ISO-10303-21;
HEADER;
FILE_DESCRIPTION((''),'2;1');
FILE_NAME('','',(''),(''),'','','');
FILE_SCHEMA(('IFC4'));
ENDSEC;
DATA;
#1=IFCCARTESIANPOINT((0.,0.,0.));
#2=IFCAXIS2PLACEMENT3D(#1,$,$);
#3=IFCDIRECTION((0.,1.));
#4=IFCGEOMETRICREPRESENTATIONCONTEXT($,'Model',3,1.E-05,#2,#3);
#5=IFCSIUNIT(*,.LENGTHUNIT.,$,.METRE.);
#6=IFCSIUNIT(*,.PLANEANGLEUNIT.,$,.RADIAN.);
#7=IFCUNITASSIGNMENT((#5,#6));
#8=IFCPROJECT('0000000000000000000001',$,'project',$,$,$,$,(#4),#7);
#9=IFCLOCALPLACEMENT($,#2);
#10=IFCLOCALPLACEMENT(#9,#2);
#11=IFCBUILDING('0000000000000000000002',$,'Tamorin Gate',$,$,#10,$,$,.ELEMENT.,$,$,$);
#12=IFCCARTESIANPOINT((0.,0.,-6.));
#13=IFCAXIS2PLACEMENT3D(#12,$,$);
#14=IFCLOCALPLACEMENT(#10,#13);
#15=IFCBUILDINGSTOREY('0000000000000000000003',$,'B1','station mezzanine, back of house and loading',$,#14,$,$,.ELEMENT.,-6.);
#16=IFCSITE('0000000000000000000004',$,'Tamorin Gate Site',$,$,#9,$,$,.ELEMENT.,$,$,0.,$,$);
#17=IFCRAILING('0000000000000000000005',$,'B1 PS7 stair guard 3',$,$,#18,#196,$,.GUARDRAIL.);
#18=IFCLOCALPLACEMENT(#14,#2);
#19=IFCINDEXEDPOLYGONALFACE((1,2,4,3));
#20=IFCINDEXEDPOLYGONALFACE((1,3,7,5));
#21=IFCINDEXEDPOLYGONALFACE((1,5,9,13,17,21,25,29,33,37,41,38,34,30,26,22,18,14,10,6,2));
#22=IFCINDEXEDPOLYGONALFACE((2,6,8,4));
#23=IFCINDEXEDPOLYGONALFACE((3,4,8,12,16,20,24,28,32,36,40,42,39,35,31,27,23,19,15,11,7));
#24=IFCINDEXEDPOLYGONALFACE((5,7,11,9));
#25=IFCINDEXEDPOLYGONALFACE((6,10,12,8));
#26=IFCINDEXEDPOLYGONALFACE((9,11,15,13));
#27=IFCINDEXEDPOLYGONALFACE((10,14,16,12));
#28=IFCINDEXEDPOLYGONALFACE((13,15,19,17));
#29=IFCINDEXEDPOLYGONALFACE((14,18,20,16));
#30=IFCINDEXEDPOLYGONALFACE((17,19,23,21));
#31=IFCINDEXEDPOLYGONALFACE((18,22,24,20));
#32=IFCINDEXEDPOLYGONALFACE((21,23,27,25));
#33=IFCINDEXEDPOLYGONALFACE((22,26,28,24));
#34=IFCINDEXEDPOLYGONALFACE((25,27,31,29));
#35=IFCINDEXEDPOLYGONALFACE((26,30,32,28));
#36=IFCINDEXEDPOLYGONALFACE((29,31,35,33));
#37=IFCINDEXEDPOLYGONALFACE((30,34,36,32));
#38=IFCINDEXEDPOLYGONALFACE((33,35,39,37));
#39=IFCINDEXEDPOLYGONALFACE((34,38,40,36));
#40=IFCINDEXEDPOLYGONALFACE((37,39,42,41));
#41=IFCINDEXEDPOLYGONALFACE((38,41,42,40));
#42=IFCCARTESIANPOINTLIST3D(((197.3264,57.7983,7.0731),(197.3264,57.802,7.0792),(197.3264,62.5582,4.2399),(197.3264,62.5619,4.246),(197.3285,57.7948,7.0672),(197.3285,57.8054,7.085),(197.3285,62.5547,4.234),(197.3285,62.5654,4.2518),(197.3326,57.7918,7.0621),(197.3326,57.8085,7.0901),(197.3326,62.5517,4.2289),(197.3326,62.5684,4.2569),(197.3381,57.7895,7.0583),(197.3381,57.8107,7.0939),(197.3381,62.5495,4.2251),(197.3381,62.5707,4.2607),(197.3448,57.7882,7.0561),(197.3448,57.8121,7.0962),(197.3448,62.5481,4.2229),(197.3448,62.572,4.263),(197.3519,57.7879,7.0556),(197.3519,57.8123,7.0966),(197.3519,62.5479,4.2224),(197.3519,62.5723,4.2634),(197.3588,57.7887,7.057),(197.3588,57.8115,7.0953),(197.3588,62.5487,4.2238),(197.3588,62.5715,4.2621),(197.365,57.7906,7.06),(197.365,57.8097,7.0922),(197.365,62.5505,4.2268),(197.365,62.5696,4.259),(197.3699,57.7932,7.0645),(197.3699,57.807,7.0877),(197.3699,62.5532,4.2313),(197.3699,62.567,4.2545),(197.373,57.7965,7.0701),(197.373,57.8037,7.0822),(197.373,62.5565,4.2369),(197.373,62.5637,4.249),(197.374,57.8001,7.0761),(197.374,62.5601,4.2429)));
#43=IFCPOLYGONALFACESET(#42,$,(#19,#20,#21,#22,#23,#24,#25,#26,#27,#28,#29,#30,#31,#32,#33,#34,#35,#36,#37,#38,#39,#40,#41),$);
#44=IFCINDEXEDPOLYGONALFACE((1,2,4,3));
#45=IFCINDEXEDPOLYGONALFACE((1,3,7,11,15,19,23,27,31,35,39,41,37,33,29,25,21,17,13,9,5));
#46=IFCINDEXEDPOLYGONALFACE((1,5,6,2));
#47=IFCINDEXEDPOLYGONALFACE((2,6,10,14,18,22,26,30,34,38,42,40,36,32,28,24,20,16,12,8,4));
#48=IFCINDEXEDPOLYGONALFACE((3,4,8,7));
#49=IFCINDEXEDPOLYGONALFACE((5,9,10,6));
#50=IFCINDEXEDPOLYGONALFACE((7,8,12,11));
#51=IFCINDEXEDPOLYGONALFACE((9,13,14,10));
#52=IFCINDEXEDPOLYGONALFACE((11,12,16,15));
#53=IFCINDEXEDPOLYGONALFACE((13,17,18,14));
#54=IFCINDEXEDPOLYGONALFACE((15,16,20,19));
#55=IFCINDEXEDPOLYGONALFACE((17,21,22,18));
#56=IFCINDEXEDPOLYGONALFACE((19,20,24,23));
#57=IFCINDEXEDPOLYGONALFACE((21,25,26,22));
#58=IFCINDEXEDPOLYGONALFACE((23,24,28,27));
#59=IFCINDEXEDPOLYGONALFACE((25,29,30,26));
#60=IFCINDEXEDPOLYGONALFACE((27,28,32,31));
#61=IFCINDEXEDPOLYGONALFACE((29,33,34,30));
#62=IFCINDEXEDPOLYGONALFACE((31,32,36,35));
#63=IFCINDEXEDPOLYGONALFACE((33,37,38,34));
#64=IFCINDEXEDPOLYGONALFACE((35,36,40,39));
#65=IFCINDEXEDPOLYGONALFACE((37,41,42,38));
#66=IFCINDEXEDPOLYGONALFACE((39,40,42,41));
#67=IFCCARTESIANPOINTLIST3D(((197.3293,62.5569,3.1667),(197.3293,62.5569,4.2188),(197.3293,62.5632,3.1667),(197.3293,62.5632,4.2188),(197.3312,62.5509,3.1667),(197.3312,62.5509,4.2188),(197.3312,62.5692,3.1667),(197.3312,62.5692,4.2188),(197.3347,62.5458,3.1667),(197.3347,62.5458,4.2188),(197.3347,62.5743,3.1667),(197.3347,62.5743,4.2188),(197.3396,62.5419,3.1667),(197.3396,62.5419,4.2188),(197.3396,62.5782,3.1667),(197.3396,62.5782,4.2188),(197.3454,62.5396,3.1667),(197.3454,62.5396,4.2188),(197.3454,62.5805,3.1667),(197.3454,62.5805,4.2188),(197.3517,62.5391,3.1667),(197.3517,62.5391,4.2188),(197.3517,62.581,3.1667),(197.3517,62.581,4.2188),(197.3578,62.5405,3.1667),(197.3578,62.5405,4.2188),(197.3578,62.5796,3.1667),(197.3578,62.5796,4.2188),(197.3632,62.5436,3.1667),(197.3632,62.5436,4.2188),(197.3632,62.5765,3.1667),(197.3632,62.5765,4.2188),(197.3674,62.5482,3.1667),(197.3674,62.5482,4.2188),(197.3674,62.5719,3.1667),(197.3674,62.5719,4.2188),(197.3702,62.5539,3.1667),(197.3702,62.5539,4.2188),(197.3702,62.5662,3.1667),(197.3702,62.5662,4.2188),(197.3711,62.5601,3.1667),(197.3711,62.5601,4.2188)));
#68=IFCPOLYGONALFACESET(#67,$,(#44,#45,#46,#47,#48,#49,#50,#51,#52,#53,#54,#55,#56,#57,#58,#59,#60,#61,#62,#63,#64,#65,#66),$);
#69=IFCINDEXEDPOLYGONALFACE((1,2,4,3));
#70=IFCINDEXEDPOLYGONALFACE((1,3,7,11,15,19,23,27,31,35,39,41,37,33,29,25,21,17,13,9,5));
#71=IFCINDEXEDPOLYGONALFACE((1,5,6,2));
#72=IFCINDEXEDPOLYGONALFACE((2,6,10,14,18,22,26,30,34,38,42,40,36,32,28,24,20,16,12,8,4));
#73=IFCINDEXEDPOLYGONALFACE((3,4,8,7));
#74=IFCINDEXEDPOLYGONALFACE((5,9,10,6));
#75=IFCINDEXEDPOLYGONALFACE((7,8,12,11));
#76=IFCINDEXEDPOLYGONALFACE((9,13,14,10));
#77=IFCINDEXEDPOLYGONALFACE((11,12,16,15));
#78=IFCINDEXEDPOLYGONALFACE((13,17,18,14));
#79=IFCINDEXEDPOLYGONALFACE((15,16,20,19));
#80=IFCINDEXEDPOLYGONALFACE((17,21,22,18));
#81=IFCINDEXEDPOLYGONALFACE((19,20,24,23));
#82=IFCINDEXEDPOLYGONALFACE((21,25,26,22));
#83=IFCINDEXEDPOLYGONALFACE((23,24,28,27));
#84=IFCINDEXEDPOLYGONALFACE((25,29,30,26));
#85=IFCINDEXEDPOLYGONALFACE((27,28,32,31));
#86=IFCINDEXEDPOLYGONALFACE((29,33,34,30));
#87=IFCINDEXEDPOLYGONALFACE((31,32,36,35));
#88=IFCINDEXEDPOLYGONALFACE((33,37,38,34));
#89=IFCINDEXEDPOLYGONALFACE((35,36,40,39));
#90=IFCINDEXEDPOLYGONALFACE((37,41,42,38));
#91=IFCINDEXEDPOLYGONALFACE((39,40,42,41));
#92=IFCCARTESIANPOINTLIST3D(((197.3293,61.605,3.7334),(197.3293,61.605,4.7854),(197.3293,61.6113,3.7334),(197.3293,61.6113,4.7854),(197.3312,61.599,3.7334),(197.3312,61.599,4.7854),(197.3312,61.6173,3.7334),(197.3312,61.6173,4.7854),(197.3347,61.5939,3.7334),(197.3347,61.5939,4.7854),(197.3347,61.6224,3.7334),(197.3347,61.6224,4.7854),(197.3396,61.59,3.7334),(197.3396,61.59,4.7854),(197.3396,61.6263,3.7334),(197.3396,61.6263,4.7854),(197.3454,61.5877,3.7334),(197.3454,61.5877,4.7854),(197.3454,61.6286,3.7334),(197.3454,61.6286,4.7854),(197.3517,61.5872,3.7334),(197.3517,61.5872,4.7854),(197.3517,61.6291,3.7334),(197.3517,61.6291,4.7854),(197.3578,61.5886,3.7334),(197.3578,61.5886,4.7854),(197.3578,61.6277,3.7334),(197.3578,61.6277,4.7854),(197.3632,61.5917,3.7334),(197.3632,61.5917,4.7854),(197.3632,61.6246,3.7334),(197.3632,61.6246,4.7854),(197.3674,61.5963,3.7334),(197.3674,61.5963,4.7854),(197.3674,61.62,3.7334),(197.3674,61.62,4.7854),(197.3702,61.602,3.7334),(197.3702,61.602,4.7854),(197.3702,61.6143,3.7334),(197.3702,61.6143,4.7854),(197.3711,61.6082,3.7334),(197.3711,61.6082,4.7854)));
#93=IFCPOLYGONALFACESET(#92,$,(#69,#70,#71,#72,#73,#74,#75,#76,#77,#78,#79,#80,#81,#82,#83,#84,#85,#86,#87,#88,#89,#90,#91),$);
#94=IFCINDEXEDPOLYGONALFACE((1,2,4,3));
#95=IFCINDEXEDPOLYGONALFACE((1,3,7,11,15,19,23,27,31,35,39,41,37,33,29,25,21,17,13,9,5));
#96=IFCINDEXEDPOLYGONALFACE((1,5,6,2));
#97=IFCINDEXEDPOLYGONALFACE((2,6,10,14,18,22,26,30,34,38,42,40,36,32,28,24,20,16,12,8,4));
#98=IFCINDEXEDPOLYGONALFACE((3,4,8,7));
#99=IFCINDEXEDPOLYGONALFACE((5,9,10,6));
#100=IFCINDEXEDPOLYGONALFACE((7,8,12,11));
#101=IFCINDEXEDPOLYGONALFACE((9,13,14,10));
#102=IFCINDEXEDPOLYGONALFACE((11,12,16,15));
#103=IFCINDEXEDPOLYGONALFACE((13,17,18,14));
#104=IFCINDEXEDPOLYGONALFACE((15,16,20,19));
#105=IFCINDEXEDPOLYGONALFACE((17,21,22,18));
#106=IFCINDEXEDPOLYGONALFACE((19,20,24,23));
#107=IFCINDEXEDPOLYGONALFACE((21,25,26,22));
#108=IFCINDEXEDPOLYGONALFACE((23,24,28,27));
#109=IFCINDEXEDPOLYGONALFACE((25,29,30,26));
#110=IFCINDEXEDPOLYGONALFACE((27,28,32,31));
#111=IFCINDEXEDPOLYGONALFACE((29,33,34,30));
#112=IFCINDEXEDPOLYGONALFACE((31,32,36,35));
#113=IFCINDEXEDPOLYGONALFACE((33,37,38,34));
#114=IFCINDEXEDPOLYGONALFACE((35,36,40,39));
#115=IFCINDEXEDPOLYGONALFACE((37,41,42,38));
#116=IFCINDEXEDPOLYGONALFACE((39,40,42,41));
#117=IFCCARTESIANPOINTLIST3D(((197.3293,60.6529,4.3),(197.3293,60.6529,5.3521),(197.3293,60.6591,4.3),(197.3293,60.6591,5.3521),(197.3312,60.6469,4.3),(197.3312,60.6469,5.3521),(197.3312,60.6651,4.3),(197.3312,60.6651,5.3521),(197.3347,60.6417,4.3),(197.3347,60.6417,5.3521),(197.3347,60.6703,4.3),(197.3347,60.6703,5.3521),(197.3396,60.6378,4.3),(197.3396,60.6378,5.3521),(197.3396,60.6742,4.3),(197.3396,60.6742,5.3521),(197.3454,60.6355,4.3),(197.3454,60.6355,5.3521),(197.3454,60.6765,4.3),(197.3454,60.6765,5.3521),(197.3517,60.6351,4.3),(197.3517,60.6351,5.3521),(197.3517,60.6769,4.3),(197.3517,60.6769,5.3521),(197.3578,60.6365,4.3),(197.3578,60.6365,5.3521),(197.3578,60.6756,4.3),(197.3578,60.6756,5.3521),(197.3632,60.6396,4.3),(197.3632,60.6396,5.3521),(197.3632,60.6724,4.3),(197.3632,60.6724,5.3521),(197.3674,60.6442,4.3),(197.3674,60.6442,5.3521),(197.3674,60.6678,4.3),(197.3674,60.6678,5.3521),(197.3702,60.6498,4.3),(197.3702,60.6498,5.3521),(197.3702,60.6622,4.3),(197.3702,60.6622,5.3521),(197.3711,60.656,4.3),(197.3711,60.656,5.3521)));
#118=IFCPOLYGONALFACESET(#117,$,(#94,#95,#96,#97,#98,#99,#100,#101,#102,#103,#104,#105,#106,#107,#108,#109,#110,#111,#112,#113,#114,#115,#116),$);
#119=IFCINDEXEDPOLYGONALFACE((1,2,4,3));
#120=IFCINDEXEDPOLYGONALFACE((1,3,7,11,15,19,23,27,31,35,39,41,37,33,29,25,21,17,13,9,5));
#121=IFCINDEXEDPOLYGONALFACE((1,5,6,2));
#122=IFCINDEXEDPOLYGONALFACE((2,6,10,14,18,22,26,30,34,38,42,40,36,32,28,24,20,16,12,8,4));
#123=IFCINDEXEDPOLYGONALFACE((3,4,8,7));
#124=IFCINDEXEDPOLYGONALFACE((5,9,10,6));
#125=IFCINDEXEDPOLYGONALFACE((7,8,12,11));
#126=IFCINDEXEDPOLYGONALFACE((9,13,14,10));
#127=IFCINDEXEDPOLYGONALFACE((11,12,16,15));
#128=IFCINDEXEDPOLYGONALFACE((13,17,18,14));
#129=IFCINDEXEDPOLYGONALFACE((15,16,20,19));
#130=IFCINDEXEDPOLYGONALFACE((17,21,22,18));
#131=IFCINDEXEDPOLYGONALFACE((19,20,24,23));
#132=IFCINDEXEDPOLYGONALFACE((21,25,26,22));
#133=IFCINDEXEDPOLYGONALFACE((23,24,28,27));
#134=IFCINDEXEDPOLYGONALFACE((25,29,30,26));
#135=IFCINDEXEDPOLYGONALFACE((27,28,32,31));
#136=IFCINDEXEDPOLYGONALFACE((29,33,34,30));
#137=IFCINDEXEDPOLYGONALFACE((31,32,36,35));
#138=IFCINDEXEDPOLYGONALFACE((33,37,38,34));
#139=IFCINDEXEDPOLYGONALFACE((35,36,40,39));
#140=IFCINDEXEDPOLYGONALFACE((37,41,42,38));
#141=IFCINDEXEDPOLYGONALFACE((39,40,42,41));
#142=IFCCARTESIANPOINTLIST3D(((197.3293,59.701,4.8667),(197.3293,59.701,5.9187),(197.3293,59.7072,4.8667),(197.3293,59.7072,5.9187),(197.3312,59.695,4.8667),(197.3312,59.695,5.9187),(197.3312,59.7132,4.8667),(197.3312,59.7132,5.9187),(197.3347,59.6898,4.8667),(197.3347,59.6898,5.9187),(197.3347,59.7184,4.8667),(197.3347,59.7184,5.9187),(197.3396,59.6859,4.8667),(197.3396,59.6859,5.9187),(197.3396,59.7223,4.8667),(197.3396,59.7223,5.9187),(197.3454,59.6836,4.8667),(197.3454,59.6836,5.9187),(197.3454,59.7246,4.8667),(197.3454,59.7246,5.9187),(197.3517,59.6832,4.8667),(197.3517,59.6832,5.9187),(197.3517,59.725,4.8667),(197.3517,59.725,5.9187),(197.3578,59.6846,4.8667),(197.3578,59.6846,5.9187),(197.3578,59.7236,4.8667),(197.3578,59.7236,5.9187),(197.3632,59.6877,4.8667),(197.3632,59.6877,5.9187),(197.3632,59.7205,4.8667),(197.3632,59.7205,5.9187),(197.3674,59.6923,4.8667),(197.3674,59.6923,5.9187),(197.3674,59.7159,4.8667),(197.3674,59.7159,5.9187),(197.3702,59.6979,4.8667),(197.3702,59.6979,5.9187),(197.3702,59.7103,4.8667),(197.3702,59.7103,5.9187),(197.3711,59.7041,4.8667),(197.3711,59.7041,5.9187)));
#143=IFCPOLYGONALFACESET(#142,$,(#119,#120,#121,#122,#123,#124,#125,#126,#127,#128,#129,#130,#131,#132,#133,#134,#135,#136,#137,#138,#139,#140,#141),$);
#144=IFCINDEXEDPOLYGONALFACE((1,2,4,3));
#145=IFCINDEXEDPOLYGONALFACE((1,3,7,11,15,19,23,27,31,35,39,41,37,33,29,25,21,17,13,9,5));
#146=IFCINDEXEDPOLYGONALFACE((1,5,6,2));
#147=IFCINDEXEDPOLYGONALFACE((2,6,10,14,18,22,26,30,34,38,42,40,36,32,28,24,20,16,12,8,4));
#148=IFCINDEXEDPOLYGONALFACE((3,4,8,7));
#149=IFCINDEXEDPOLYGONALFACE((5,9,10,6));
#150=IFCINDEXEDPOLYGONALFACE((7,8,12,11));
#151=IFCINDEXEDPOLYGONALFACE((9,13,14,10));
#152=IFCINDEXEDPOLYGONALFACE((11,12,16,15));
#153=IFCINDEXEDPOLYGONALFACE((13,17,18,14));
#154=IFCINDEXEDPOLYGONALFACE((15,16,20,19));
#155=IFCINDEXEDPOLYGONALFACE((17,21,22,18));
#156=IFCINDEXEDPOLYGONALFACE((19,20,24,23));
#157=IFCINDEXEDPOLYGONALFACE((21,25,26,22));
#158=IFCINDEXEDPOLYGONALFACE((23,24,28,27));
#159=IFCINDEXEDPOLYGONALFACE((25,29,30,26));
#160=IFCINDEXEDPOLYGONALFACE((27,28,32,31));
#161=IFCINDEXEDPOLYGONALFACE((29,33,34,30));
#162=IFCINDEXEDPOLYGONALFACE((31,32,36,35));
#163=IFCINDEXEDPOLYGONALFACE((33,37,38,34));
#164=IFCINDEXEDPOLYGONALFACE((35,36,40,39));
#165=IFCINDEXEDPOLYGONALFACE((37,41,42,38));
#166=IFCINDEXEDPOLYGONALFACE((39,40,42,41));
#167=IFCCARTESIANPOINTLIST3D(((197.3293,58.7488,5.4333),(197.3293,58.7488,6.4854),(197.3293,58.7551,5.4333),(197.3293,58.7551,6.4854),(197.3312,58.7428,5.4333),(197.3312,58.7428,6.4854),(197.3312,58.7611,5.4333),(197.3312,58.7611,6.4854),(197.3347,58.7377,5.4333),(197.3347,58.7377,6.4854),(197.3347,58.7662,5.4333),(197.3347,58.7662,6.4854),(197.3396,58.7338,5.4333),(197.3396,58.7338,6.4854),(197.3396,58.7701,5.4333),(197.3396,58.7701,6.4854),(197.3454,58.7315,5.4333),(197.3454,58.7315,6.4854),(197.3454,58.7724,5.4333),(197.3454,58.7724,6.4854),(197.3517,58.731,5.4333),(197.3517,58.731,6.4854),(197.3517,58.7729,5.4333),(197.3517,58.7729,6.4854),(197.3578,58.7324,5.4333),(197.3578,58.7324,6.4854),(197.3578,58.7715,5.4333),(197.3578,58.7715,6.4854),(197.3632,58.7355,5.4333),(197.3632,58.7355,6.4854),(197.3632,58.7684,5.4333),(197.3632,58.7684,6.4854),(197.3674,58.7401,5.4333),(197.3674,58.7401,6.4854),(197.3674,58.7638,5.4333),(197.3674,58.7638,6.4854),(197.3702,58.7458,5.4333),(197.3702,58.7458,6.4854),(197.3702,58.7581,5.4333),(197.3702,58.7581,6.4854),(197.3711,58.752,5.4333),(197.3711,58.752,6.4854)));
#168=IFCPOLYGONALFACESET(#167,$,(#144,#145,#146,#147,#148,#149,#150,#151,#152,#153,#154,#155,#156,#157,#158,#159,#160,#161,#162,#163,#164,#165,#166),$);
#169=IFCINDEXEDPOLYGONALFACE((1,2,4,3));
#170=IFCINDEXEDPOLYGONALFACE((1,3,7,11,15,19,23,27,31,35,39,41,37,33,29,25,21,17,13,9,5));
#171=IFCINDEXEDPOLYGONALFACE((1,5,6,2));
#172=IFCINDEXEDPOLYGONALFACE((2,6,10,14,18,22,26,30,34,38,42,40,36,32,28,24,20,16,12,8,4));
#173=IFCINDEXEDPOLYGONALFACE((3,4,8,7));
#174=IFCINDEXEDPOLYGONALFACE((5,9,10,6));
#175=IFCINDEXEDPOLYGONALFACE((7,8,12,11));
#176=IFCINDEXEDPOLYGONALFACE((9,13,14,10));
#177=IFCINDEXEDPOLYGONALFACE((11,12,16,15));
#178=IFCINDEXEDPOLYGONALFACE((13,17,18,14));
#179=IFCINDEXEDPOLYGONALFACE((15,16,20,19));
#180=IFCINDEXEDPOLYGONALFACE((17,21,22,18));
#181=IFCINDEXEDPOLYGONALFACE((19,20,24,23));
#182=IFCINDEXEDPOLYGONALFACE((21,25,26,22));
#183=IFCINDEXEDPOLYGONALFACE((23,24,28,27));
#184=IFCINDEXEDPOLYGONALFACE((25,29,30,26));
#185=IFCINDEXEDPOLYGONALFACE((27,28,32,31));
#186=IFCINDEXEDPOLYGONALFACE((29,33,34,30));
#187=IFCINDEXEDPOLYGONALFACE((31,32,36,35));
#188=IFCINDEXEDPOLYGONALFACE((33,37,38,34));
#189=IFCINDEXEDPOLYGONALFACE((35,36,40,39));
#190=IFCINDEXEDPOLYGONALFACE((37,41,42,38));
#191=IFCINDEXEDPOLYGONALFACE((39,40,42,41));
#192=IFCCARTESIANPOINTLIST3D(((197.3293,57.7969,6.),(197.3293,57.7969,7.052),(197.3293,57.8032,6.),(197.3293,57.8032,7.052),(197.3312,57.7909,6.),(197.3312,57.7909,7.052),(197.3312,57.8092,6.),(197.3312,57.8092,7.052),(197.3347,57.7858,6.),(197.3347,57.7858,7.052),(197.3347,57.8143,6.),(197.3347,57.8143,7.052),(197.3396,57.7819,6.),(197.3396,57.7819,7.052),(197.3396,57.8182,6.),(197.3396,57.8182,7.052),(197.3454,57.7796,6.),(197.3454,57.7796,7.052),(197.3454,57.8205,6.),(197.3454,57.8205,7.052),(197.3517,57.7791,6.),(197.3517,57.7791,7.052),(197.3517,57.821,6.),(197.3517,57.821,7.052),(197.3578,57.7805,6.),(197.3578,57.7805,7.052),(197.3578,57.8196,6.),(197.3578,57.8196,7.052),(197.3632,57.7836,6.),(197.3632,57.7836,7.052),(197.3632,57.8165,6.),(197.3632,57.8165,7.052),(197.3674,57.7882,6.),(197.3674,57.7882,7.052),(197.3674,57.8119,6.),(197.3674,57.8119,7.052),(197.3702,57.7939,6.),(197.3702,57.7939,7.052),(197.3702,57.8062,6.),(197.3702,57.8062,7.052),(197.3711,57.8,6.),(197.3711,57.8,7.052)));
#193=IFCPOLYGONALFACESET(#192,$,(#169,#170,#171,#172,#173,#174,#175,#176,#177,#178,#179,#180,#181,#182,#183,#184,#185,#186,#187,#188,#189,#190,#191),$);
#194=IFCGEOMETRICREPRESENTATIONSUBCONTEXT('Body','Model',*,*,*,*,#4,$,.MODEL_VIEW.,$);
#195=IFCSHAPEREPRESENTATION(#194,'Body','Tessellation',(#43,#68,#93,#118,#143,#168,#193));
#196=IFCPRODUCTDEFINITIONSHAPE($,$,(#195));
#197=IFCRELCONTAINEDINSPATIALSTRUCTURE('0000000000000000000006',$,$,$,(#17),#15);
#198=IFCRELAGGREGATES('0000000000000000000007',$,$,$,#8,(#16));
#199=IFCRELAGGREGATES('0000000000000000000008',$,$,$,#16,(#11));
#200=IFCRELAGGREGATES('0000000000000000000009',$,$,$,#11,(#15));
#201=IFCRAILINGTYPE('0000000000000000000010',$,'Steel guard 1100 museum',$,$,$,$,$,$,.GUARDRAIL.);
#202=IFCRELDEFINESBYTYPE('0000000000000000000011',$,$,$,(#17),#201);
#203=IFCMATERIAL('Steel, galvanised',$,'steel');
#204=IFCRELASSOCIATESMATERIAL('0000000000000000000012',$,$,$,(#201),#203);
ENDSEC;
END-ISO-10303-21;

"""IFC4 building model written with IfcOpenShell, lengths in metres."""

from ifc_helpers import new_model, si_unit, direction, frame, origin, origin_2d, place, context, subcontext, project, spatial, circle, extrude, material, type_object, element, save


model = new_model("IFC4")

# Units and contexts
model_context = context("Model", 3, precision=1e-05, world=origin(), true_north=direction((0.0, 1.0)))
body_context = subcontext(model_context, "Body", "Model", "MODEL_VIEW")
ifc_project = project(units=[si_unit("LENGTHUNIT", "METRE"), si_unit("PLANEANGLEUNIT", "RADIAN")], contexts=[model_context])

# Site, building, storey
site_placement = place(None, origin())
site = spatial("IfcSite", under=ifc_project, at=site_placement, Name="Tamorin Gate Site", CompositionType="ELEMENT", RefElevation=0.0)
building_placement = place(site_placement, origin())
building = spatial("IfcBuilding", under=site, at=building_placement, Name="Tamorin Gate", CompositionType="ELEMENT")
storey_placement = place(building_placement, frame((0.0, 0.0, -6.0)))
storey = spatial("IfcBuildingStorey", under=building, at=storey_placement, Name="B1", Description="station mezzanine, back of house and loading", CompositionType="ELEMENT", Elevation=-6.0)

# Railing
ifc_material_1 = material(Name="Steel, galvanised", Category="steel")
railing_type_1 = type_object("IfcRailingType", Name="Steel guard 1100 museum", PredefinedType="GUARDRAIL", material=ifc_material_1)
railing_1_placement = place(storey_placement, frame((197.3501, 62.5601, 3.1667)))
element("IfcRailing", 1, at=railing_1_placement, inside=storey, type_object=railing_type_1, Name="B1 PS7 stair guard 3", PredefinedType="GUARDRAIL", context=body_context, shape_type="SweptSolid", body=[
    extrude(circle(Radius=0.0239, at=origin_2d()), frame((0.0, 0.0, 1.0762), z_axis=(0.0, -0.8593, 0.511472), x_axis=(1.0, 0.0, 0.0)), (0.0, 0.0, 1.0), 5.5393),
    extrude(circle(Radius=0.021, at=origin_2d()), origin(), (0.0, 0.0, 1.0), 1.052),
    extrude(circle(Radius=0.021, at=origin_2d()), frame((0.0, -0.9519, 0.5667)), (0.0, 0.0, 1.0), 1.052),
    extrude(circle(Radius=0.021, at=origin_2d()), frame((0.0, -1.9041, 1.1333)), (0.0, 0.0, 1.0), 1.052),
    extrude(circle(Radius=0.021, at=origin_2d()), frame((0.0, -2.856, 1.7)), (0.0, 0.0, 1.0), 1.052),
    extrude(circle(Radius=0.021, at=origin_2d()), frame((0.0, -3.8081, 2.2666)), (0.0, 0.0, 1.0), 1.052),
    extrude(circle(Radius=0.021, at=origin_2d()), frame((0.0, -4.76, 2.8333)), (0.0, 0.0, 1.0), 1.052),
])

save(model, "model.ifc")
